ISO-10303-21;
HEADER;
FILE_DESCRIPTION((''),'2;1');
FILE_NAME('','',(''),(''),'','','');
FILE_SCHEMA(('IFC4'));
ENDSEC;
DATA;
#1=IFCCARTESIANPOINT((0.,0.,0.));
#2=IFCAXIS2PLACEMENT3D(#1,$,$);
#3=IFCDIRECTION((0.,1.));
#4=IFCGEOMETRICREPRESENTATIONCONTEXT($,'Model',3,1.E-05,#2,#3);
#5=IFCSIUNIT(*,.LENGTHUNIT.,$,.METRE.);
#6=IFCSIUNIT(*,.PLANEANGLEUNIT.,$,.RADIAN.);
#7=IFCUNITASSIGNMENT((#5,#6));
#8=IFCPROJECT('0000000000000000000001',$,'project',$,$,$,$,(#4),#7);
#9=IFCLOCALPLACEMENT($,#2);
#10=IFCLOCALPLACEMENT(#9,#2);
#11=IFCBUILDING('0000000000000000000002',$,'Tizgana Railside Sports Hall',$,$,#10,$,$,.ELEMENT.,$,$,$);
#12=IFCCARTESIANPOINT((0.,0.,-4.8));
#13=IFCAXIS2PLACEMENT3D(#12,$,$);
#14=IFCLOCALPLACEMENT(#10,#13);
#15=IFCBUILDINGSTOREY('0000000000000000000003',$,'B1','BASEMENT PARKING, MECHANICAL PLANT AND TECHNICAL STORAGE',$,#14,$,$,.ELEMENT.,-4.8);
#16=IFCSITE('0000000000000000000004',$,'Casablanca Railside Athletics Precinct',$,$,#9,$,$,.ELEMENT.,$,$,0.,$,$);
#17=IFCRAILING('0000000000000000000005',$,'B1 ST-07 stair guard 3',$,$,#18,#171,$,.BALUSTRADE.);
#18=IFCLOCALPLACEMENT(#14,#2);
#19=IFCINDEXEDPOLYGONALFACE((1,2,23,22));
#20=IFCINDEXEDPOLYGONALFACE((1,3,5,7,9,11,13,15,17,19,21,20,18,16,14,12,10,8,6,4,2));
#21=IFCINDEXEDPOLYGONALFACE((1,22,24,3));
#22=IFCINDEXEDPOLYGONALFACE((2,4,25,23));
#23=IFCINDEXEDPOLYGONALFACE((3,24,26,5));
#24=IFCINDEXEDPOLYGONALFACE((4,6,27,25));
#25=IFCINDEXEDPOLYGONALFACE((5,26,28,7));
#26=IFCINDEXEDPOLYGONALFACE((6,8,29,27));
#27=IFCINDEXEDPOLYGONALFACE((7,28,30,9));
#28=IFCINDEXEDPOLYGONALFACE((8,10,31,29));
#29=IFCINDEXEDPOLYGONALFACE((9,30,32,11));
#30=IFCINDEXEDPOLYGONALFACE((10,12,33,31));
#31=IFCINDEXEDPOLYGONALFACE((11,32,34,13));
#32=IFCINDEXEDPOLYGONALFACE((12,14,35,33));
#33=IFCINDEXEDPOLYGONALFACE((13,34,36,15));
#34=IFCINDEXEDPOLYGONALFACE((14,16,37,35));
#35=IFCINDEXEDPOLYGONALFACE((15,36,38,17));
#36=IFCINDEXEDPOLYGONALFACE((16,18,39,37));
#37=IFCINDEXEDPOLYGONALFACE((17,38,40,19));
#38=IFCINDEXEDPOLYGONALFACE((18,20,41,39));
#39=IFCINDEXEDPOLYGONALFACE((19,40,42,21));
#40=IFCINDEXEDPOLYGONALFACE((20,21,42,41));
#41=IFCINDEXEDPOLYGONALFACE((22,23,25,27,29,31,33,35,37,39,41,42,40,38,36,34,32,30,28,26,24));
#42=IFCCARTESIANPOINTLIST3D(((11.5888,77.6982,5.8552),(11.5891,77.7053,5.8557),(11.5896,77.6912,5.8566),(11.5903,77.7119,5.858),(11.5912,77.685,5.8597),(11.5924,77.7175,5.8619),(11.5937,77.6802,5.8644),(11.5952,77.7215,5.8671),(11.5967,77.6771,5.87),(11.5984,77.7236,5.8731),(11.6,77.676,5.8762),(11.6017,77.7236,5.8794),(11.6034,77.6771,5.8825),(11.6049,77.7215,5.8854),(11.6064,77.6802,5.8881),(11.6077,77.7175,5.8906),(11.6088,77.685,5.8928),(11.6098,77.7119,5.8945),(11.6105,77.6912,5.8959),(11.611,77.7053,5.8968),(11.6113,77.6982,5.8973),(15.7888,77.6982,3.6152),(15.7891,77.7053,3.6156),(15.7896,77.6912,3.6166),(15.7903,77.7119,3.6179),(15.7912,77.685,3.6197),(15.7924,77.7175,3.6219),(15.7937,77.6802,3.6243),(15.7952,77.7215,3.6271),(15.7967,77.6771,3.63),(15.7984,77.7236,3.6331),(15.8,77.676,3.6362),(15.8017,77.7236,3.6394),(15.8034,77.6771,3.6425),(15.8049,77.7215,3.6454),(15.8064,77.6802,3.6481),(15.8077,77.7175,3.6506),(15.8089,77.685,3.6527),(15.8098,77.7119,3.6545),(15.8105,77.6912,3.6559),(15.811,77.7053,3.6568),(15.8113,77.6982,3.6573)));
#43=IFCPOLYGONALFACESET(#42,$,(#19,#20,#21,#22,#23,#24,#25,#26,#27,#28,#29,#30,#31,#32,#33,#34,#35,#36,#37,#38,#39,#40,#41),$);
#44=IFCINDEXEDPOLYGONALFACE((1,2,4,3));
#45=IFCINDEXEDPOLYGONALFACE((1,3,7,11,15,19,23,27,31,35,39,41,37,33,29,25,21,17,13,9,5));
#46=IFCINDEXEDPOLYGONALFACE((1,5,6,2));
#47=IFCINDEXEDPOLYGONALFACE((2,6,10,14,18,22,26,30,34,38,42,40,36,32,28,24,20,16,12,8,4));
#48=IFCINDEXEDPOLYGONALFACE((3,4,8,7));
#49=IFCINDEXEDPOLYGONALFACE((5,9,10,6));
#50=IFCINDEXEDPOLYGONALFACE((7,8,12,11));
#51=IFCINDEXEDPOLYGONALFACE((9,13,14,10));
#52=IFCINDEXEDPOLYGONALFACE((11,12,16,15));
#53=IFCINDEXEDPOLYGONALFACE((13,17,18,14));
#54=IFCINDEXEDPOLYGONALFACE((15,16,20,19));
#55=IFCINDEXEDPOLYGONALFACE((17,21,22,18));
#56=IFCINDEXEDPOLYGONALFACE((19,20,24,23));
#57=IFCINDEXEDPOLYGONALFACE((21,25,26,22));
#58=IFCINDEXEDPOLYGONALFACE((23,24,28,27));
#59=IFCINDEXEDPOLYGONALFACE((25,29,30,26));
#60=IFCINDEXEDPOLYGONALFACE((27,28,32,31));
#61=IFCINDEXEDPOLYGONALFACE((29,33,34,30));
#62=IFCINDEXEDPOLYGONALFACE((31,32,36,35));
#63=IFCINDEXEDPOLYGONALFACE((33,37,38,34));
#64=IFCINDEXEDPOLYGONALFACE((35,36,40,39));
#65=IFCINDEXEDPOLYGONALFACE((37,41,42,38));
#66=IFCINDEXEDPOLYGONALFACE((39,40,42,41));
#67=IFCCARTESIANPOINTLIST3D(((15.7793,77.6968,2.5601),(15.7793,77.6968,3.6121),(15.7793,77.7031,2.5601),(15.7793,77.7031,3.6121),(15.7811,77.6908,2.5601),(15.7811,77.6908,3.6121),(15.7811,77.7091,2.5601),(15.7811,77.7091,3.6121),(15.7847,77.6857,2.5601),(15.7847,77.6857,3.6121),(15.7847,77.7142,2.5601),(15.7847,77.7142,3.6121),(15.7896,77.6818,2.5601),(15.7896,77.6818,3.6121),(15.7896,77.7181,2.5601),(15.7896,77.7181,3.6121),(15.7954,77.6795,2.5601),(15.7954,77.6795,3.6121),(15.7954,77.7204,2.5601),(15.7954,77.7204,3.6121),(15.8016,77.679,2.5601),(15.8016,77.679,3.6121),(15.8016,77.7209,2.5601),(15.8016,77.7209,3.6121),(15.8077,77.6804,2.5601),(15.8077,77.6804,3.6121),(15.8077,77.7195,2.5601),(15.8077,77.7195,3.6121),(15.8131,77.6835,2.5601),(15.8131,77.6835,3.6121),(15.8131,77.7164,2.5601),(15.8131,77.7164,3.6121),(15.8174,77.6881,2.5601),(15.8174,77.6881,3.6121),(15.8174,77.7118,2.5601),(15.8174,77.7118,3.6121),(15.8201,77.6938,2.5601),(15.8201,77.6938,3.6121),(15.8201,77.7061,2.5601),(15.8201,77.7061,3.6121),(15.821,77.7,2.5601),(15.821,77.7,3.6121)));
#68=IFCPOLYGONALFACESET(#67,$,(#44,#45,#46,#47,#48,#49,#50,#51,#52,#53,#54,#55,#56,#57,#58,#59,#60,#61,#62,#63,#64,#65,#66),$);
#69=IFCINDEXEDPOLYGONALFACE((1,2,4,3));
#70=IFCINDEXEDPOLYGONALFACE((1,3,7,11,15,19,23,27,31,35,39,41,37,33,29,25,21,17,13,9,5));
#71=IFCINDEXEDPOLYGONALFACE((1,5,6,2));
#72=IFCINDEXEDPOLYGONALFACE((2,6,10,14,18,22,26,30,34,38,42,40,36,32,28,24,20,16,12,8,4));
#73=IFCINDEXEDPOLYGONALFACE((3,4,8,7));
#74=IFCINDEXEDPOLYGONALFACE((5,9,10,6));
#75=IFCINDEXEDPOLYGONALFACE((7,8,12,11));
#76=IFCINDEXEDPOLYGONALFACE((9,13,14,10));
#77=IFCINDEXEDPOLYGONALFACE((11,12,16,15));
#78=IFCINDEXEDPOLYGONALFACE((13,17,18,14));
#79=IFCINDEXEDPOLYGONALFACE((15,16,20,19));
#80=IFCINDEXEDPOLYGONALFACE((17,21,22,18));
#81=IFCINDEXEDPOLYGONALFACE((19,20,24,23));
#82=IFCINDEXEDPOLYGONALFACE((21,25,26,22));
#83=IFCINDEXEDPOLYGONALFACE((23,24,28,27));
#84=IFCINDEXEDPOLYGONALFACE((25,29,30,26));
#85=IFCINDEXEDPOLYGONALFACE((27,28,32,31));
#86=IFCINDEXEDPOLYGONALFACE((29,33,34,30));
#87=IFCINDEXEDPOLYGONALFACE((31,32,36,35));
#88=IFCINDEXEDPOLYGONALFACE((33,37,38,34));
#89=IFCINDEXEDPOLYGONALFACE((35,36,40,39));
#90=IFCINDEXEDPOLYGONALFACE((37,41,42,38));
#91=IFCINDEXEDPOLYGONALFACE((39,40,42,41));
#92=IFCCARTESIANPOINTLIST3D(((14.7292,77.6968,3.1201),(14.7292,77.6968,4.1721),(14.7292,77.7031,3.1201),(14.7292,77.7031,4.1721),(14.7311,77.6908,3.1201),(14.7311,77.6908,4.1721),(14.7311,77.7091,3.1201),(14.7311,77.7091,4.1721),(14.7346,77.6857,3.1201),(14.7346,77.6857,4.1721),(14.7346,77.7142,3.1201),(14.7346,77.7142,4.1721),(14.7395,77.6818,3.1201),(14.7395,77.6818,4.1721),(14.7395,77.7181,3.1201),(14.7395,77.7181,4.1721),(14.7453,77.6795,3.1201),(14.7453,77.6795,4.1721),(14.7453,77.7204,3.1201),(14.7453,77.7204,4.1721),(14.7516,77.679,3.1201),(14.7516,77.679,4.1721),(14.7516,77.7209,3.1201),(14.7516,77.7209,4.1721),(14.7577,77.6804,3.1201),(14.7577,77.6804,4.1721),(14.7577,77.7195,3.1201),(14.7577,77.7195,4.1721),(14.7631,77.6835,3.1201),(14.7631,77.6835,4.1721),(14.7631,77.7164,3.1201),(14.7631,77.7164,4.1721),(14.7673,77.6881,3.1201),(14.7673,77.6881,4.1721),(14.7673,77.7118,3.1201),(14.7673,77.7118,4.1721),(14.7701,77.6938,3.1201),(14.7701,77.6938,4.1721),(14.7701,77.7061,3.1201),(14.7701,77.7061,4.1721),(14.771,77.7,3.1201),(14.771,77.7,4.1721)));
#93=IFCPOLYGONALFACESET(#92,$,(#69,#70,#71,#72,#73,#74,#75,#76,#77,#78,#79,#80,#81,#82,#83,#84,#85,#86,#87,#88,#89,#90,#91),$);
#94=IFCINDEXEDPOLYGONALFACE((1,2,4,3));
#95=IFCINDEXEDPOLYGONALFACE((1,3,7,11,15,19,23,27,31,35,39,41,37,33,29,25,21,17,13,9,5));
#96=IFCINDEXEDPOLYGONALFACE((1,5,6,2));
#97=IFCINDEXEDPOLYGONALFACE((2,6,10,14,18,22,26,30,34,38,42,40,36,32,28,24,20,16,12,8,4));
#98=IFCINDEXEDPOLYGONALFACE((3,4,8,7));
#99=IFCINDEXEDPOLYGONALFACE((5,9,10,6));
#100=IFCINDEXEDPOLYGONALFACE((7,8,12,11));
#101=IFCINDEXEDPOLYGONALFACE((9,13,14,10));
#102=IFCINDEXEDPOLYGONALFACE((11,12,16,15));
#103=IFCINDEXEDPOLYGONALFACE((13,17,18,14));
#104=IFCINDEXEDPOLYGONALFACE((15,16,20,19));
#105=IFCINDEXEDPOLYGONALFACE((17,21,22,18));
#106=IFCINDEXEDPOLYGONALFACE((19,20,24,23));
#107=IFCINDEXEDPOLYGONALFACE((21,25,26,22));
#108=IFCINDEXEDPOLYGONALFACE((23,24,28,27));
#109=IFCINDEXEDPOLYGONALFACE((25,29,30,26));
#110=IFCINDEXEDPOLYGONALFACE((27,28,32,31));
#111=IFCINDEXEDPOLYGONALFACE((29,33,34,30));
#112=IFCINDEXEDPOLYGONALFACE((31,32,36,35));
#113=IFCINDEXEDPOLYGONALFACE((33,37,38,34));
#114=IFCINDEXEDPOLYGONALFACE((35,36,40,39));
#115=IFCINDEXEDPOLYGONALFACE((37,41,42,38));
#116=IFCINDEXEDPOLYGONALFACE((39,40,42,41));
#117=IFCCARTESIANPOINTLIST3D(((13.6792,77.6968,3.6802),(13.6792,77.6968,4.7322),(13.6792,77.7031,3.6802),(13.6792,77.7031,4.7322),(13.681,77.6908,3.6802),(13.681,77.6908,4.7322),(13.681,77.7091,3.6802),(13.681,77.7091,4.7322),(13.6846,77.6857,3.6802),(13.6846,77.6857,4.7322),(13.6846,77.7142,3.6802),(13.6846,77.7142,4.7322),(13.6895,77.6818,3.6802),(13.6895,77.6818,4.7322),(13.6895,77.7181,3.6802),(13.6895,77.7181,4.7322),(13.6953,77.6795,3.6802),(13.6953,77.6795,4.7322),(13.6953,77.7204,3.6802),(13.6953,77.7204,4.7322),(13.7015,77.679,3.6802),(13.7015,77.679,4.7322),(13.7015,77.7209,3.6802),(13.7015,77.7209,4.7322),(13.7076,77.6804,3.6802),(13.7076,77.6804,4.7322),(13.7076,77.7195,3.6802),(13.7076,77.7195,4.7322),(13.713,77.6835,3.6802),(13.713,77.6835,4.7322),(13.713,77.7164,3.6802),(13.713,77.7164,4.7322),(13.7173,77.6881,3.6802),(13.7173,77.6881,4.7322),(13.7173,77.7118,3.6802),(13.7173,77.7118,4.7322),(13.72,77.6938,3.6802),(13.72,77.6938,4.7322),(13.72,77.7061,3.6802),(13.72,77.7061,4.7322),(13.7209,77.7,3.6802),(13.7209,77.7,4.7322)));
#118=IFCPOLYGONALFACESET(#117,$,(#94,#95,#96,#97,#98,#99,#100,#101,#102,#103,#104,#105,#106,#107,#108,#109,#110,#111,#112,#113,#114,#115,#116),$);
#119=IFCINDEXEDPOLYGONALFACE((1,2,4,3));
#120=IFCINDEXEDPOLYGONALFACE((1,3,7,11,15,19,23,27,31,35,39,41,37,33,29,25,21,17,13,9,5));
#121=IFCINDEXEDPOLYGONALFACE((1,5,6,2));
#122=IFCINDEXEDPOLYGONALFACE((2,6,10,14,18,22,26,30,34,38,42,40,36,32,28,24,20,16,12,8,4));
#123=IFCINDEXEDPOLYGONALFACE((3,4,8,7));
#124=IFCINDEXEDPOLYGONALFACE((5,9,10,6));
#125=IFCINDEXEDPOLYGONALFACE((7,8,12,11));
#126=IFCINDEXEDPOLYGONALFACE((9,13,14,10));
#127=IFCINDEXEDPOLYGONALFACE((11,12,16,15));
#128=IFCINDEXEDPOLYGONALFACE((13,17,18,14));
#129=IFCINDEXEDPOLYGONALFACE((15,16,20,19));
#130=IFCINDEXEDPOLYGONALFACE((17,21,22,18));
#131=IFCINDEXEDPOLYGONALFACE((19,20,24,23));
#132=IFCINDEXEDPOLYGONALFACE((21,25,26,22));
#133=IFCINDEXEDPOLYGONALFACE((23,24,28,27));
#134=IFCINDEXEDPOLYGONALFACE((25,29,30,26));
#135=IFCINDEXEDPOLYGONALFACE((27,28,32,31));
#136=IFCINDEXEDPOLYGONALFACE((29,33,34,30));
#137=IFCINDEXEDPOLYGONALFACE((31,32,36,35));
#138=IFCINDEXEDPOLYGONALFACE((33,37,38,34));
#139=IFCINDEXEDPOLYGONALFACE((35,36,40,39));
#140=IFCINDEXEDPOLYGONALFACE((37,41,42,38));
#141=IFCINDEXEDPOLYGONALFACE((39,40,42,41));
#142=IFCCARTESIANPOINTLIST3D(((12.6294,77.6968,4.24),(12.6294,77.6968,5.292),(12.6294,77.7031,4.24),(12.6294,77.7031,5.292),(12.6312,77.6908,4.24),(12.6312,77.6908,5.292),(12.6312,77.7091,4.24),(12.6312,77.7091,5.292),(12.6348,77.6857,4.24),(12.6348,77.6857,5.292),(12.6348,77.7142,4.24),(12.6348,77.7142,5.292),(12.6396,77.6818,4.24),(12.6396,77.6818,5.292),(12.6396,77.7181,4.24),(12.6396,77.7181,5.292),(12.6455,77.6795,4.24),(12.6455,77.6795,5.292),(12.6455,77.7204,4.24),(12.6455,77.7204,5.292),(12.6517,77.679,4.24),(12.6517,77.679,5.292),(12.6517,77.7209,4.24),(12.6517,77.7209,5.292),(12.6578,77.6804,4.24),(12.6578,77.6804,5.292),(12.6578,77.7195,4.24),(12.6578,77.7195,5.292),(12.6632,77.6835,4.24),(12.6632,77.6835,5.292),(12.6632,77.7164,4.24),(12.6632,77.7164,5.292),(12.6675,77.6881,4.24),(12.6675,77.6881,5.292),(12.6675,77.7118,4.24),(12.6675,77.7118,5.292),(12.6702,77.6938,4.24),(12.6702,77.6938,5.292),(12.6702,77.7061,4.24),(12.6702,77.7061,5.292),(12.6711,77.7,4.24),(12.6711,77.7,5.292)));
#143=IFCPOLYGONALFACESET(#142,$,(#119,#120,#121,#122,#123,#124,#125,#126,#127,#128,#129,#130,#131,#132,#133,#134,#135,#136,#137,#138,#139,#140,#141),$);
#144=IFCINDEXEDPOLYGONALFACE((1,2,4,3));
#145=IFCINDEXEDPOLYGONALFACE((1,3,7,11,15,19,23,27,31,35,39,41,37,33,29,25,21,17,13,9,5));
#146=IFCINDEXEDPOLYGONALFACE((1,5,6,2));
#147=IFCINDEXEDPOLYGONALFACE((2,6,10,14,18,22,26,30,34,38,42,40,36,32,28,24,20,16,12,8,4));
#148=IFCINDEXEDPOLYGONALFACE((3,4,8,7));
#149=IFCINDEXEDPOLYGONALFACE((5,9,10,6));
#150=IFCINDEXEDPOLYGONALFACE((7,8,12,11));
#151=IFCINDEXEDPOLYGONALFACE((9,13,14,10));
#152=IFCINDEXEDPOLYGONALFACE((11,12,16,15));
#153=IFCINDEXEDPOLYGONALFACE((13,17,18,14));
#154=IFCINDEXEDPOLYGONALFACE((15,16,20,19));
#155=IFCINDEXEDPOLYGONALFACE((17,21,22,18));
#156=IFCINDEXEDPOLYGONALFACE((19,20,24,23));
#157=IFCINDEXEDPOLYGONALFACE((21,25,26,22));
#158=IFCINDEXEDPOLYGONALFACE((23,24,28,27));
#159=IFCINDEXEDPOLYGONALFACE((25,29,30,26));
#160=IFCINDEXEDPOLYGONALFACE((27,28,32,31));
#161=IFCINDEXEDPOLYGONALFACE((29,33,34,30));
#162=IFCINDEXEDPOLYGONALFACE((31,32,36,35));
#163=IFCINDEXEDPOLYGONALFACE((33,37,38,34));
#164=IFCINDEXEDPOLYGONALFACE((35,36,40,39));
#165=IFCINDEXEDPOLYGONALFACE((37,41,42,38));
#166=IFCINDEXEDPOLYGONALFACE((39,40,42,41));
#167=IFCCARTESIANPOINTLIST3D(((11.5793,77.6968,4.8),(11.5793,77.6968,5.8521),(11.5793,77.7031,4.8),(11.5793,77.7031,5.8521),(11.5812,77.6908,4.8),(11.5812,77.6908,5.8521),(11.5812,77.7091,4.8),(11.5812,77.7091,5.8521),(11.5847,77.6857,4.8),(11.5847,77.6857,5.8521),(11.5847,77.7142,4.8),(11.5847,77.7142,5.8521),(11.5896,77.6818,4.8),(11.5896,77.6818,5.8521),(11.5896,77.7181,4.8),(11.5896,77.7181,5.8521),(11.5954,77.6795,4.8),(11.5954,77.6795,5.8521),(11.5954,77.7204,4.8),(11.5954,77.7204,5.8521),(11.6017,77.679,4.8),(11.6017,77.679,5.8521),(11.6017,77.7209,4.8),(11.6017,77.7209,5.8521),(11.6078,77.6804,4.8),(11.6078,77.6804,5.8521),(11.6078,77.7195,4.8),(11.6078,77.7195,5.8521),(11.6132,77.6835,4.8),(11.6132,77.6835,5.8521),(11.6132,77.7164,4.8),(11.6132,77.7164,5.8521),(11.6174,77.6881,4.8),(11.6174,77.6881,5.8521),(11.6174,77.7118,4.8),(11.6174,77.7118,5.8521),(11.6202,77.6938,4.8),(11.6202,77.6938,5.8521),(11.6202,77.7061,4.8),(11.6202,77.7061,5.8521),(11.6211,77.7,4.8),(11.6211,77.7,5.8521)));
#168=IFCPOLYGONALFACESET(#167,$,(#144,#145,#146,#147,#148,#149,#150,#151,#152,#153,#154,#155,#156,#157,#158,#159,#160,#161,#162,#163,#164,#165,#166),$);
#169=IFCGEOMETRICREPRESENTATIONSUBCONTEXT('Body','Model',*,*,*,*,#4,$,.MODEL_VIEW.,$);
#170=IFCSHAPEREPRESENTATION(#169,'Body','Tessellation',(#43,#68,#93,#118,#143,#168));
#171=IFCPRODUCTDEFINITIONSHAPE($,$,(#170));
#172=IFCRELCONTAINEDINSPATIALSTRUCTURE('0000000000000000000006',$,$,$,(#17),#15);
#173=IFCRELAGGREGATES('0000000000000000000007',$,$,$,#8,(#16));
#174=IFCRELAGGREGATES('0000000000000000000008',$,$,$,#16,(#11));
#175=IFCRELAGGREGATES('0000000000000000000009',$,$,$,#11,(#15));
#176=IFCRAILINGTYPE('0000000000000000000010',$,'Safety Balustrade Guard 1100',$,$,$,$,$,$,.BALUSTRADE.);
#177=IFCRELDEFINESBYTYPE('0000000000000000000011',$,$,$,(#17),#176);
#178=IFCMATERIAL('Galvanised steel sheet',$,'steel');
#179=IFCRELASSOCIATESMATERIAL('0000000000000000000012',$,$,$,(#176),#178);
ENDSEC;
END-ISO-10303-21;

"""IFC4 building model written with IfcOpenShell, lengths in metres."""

from ifc_helpers import new_model, si_unit, direction, frame, origin, origin_2d, place, context, subcontext, project, spatial, circle, extrude, material, type_object, element, save


model = new_model("IFC4")

# Units and contexts
model_context = context("Model", 3, precision=1e-05, world=origin(), true_north=direction((0.0, 1.0)))
body_context = subcontext(model_context, "Body", "Model", "MODEL_VIEW")
ifc_project = project(units=[si_unit("LENGTHUNIT", "METRE"), si_unit("PLANEANGLEUNIT", "RADIAN")], contexts=[model_context])

# Site, building, storey
site_placement = place(None, origin())
site = spatial("IfcSite", under=ifc_project, at=site_placement, Name="Casablanca Railside Athletics Precinct", CompositionType="ELEMENT", RefElevation=0.0)
building_placement = place(site_placement, origin())
building = spatial("IfcBuilding", under=site, at=building_placement, Name="Tizgana Railside Sports Hall", CompositionType="ELEMENT")
storey_placement = place(building_placement, frame((0.0, 0.0, -4.8)))
storey = spatial("IfcBuildingStorey", under=building, at=storey_placement, Name="B1", Description="BASEMENT PARKING, MECHANICAL PLANT AND TECHNICAL STORAGE", CompositionType="ELEMENT", Elevation=-4.8)

# Railing
ifc_material_1 = material(Name="Galvanised steel sheet", Category="steel")
railing_type_1 = type_object("IfcRailingType", Name="Safety Balustrade Guard 1100", PredefinedType="BALUSTRADE", material=ifc_material_1)
railing_1_placement = place(storey_placement, frame((15.8, 77.7, 2.5601)))
element("IfcRailing", 1, at=railing_1_placement, inside=storey, type_object=railing_type_1, Name="B1 ST-07 stair guard 3", PredefinedType="BALUSTRADE", context=body_context, shape_type="SweptSolid", body=[
    extrude(circle(Radius=0.0239, at=origin_2d()), frame((0.0, 0.0, 1.0762), z_axis=(-0.882352, 0.0, 0.470591), x_axis=(0.0, -1.0, 0.0)), (0.0, 0.0, 1.0), 4.76),
    extrude(circle(Radius=0.021, at=origin_2d()), origin(), (0.0, 0.0, 1.0), 1.052),
    extrude(circle(Radius=0.021, at=origin_2d()), frame((-1.05, 0.0, 0.5601)), (0.0, 0.0, 1.0), 1.052),
    extrude(circle(Radius=0.021, at=origin_2d()), frame((-2.1001, 0.0, 1.1201)), (0.0, 0.0, 1.0), 1.052),
    extrude(circle(Radius=0.021, at=origin_2d()), frame((-3.1499, 0.0, 1.6799)), (0.0, 0.0, 1.0), 1.052),
    extrude(circle(Radius=0.021, at=origin_2d()), frame((-4.2, 0.0, 2.24)), (0.0, 0.0, 1.0), 1.052),
])

save(model, "model.ifc")
